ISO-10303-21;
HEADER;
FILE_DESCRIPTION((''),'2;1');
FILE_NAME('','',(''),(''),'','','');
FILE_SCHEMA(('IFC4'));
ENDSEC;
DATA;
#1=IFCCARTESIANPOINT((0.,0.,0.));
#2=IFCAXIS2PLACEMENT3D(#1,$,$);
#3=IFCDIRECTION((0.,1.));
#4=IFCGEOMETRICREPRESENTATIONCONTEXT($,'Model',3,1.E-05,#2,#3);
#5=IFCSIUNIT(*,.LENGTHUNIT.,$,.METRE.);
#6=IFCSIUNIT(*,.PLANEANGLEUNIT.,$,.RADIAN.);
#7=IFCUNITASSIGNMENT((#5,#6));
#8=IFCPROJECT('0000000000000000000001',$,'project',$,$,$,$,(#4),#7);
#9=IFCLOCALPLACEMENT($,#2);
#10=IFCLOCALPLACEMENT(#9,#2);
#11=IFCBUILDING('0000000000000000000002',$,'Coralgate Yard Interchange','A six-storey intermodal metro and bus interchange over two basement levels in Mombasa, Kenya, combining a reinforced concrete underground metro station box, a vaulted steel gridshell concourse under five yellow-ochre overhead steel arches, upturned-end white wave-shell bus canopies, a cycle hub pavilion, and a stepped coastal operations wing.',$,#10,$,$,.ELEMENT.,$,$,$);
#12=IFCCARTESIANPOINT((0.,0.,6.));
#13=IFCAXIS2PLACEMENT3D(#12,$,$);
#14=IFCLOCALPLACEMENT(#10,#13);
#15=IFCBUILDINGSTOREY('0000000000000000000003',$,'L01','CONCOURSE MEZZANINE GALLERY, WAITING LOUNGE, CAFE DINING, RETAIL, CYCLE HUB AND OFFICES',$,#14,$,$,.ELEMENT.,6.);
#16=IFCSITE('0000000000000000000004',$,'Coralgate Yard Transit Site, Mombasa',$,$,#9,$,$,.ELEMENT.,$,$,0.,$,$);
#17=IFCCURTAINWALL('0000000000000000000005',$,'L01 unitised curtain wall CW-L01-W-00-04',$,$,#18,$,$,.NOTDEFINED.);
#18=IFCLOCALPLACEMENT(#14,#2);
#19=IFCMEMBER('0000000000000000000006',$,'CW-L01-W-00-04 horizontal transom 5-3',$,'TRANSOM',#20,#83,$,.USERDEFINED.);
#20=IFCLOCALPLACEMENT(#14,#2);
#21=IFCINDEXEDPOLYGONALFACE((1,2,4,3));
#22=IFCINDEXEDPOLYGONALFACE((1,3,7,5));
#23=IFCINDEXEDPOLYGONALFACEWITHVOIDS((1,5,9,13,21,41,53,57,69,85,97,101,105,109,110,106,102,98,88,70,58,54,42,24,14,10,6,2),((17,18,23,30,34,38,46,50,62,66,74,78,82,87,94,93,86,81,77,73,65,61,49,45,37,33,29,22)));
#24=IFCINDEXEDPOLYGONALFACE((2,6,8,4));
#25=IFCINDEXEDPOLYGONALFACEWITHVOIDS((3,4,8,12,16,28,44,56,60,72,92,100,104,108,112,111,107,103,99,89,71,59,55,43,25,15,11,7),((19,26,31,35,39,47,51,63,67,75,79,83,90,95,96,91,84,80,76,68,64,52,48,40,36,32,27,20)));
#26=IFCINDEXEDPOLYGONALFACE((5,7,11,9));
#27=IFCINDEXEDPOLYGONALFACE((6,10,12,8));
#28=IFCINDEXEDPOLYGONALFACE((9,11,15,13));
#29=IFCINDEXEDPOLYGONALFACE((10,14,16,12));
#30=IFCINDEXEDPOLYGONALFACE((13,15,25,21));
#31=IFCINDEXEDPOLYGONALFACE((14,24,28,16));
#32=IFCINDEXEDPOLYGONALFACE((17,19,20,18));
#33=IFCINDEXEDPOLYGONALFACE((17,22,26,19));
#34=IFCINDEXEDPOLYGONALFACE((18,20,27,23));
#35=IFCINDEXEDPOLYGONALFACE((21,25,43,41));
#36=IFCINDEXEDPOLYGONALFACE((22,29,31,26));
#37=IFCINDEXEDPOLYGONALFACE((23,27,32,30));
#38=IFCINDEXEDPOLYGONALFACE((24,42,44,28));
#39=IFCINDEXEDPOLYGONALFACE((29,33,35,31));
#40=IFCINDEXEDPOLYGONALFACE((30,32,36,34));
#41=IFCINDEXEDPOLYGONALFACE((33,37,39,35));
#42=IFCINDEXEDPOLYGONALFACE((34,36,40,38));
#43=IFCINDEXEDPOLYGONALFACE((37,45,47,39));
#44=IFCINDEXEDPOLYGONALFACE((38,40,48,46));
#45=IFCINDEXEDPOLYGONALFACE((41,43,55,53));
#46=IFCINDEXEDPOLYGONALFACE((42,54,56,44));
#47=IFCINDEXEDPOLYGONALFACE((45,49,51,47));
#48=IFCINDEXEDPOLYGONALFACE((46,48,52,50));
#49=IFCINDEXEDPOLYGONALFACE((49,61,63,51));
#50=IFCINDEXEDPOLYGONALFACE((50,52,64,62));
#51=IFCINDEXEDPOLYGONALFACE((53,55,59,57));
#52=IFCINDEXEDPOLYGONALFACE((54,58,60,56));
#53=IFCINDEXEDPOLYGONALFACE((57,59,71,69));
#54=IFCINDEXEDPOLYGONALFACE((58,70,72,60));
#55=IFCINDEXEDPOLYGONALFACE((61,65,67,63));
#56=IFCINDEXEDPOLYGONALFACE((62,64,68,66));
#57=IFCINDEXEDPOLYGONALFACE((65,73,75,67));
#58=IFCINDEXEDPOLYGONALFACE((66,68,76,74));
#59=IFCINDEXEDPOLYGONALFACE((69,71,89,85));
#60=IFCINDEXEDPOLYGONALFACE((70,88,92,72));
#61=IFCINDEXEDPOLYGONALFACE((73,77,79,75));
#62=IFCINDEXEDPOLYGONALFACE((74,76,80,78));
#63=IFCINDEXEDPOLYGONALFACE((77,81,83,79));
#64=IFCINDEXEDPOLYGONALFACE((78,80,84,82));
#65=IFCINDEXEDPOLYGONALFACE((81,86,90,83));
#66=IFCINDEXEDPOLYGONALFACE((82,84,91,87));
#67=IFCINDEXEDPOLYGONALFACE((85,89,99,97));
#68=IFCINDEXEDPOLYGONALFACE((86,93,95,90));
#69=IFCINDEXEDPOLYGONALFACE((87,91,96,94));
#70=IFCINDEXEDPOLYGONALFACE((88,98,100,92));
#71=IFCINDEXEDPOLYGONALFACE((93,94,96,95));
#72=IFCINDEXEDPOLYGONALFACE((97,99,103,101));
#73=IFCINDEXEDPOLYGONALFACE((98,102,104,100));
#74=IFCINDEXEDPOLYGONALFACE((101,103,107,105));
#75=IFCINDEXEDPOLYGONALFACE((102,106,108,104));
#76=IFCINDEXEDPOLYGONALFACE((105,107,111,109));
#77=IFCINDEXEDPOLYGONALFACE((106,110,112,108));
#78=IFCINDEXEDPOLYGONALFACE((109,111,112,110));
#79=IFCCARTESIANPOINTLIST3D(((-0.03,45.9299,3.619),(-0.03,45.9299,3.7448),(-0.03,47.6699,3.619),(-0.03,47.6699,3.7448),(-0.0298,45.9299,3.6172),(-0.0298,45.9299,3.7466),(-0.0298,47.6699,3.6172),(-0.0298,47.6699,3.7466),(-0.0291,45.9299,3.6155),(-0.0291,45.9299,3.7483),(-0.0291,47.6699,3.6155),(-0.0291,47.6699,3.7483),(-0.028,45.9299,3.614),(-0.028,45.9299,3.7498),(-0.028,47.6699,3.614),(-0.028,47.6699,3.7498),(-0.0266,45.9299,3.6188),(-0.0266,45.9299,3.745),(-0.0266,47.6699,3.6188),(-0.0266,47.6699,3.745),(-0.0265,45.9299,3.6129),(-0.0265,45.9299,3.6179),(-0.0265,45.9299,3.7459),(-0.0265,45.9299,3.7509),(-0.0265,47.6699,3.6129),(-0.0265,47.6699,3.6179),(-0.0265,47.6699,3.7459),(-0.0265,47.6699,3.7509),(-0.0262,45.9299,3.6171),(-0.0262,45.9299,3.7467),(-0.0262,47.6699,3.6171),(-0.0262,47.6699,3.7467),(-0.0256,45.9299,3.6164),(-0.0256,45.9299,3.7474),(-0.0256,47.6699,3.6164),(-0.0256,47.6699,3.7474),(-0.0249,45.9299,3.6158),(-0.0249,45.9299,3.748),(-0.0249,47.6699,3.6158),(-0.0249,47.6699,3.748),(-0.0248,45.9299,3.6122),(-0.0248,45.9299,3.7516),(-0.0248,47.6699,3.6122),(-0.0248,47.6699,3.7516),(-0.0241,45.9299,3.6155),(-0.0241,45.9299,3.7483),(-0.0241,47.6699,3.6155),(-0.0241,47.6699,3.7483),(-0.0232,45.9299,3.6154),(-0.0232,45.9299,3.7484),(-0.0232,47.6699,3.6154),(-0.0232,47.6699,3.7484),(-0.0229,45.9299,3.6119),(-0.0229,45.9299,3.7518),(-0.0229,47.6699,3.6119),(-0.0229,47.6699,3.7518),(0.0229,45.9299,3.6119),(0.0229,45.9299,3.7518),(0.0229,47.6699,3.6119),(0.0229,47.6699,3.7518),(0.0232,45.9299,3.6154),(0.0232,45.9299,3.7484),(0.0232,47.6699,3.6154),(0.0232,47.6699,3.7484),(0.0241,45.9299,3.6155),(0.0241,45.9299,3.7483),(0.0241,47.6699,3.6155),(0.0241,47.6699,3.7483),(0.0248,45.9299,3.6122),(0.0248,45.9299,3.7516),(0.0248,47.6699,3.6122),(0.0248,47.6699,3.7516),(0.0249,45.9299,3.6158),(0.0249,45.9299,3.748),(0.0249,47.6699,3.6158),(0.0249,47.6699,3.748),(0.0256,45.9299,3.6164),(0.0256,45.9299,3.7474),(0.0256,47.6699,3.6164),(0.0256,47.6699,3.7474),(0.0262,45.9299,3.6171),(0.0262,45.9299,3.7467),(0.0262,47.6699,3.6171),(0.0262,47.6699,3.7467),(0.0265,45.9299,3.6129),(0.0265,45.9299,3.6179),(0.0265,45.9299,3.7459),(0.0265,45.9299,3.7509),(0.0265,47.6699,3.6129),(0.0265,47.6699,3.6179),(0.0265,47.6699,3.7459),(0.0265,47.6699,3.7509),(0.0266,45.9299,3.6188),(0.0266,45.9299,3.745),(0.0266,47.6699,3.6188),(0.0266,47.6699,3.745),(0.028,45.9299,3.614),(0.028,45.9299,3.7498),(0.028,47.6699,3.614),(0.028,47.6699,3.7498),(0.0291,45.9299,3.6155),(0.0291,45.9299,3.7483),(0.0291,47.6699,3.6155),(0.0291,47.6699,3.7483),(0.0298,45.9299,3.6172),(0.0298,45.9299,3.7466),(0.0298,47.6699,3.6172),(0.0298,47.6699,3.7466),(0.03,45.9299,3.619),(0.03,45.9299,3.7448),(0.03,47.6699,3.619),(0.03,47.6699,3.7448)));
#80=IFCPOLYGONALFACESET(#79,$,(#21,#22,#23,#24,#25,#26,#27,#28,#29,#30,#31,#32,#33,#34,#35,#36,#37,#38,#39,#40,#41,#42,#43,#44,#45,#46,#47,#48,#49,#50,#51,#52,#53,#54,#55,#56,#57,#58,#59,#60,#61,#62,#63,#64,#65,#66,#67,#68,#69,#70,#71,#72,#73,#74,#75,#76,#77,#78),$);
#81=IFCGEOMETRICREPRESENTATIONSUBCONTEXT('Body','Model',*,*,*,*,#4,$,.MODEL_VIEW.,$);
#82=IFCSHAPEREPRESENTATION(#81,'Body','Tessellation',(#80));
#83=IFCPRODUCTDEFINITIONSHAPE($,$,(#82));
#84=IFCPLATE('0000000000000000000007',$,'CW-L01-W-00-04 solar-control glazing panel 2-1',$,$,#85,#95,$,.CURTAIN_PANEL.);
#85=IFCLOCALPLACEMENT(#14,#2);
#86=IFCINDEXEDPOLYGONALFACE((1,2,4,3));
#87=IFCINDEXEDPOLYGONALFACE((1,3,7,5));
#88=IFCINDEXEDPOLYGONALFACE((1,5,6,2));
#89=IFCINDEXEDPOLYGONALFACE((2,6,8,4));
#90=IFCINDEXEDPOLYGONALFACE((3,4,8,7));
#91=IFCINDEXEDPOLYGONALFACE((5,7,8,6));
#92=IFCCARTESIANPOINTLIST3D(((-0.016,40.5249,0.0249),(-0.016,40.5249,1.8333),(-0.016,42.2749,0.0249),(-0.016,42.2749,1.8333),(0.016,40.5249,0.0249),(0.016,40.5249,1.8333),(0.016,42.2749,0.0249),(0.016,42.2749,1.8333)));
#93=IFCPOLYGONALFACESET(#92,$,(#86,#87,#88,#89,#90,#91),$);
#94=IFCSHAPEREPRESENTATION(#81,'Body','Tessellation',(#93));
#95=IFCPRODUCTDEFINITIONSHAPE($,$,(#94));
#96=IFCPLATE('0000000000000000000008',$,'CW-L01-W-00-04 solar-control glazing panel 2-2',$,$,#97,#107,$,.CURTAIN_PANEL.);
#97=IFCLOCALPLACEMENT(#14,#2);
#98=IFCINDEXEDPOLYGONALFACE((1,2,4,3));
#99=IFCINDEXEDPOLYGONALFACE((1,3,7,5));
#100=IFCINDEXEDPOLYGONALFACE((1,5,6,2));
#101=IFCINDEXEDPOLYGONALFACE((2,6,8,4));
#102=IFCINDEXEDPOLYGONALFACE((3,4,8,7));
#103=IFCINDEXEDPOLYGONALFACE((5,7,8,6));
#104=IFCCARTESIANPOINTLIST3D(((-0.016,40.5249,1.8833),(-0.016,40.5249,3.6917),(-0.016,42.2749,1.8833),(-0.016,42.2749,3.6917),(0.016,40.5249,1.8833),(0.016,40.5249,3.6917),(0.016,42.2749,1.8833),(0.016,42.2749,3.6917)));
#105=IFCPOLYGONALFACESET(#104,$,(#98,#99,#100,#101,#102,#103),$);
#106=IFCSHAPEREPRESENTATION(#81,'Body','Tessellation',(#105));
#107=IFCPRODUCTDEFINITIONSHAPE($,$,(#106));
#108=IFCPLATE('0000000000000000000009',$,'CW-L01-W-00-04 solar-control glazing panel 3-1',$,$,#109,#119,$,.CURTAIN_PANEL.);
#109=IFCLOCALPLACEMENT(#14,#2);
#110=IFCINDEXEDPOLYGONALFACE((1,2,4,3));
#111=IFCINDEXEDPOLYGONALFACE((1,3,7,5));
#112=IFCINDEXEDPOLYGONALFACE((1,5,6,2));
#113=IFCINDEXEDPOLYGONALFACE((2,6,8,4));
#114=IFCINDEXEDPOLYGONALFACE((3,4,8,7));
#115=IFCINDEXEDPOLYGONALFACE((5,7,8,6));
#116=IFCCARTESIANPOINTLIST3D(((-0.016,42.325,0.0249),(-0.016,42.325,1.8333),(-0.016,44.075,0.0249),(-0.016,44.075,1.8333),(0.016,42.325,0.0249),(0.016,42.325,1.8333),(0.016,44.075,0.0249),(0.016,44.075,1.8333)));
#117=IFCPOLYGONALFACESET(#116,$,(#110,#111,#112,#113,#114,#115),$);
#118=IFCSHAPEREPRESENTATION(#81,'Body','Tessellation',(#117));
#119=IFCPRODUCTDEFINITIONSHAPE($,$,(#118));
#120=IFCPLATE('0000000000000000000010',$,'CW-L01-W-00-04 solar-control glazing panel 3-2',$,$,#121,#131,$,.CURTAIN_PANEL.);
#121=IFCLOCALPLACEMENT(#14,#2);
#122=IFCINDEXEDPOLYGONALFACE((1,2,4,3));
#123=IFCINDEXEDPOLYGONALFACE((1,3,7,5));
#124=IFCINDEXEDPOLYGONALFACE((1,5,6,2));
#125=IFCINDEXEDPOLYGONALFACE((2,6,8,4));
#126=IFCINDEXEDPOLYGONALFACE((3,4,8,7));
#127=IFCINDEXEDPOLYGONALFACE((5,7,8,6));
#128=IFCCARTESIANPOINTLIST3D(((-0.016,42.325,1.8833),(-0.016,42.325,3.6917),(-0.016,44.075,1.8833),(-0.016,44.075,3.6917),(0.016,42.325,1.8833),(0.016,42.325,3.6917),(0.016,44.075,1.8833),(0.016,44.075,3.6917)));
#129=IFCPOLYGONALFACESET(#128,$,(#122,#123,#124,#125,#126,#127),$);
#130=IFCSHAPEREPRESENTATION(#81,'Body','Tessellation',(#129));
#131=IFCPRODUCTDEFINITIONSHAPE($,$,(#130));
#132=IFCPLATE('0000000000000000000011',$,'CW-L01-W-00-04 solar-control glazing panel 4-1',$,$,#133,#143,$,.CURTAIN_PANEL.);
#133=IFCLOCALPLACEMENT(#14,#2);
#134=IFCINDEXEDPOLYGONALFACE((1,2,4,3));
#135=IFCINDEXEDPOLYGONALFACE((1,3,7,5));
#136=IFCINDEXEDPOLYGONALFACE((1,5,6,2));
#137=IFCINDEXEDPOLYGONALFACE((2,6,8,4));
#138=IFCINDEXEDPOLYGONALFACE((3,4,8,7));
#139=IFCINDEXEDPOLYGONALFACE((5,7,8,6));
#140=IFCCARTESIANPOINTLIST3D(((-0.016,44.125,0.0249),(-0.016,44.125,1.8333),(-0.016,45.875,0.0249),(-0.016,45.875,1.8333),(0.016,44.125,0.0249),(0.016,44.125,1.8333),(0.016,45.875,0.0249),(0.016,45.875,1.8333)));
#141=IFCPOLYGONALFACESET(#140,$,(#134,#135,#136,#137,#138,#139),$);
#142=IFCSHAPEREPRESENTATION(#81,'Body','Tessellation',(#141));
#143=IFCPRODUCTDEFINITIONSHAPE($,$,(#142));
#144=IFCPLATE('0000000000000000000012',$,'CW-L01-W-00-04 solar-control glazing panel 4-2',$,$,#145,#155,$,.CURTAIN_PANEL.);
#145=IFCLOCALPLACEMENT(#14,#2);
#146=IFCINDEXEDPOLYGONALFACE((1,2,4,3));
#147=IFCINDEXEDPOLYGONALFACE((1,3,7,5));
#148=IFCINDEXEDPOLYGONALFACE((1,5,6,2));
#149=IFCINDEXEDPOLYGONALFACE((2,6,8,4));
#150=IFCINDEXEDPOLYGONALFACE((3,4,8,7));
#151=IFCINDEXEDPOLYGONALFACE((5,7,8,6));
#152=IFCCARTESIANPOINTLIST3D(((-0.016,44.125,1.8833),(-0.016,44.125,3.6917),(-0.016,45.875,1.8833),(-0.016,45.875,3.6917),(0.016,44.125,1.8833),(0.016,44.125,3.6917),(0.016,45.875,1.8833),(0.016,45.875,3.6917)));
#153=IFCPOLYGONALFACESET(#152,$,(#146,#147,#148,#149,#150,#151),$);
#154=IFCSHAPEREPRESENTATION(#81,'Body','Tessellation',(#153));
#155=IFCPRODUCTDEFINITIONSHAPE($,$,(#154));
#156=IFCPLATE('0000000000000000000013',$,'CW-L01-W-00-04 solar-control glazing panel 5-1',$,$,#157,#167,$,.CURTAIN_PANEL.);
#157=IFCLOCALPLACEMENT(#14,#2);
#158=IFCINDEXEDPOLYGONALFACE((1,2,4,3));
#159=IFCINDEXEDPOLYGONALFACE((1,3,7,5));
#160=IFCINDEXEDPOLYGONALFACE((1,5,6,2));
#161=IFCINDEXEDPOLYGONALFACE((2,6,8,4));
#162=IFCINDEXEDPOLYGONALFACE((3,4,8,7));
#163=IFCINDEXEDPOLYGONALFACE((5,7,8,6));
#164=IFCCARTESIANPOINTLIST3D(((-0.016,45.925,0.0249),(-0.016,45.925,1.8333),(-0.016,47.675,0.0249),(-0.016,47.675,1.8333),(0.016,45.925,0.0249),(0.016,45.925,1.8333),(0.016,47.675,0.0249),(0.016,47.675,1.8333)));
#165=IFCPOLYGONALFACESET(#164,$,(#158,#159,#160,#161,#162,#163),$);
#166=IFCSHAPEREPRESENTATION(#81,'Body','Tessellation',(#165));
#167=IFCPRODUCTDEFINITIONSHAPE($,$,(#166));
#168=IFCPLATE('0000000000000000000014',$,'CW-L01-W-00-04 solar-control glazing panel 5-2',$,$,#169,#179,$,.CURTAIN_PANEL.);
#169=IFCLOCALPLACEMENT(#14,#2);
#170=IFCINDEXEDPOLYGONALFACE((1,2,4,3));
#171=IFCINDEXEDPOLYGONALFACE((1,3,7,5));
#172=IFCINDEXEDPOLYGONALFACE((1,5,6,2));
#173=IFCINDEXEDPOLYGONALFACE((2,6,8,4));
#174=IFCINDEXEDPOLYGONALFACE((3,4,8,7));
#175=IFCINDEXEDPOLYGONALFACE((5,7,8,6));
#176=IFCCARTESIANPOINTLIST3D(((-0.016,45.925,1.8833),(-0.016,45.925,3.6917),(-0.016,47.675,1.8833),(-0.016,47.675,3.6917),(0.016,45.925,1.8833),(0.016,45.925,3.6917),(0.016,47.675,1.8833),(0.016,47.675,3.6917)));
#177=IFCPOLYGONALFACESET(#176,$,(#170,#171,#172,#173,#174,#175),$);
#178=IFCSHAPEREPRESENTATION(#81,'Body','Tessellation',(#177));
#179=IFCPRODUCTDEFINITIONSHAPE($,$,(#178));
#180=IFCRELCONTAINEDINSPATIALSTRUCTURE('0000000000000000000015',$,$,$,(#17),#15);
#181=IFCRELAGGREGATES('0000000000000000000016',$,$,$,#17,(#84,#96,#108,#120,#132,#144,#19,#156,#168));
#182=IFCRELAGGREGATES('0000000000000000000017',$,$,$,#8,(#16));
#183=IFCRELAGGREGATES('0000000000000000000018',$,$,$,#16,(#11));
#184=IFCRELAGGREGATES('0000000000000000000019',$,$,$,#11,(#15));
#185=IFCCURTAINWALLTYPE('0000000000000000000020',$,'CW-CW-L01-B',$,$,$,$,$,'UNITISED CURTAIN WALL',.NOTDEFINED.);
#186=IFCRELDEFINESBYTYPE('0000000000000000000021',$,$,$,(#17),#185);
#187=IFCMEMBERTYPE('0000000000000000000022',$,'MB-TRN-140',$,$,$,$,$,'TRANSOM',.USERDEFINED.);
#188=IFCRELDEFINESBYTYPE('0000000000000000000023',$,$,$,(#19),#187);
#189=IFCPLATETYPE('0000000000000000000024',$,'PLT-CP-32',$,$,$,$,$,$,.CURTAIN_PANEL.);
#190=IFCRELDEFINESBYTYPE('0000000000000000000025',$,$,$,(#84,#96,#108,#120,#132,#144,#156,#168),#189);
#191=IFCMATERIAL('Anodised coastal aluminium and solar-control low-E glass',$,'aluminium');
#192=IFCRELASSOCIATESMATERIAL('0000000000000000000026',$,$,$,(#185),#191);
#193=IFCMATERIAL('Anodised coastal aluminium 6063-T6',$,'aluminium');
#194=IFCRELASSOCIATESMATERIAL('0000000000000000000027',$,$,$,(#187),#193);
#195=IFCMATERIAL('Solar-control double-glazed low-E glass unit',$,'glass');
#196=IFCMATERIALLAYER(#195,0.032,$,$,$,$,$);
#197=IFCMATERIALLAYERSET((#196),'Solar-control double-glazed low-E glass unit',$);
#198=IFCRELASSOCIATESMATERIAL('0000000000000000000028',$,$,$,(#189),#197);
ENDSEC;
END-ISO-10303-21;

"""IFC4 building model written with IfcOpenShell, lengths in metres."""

from ifc_helpers import new_model, si_unit, direction, frame, origin, origin_2d, place, context, subcontext, project, spatial, rectangle, hollow_rectangle, extrude, material, layer, layer_set, material_profile, profile_set, type_object, element, aggregate, save


model = new_model("IFC4")

# Units and contexts
model_context = context("Model", 3, precision=1e-05, world=origin(), true_north=direction((0.0, 1.0)))
body_context = subcontext(model_context, "Body", "Model", "MODEL_VIEW")
ifc_project = project(units=[si_unit("LENGTHUNIT", "METRE"), si_unit("PLANEANGLEUNIT", "RADIAN")], contexts=[model_context])

# Site, building, storey
site_placement = place(None, origin())
site = spatial("IfcSite", under=ifc_project, at=site_placement, Name="Coralgate Yard Transit Site, Mombasa", CompositionType="ELEMENT", RefElevation=0.0)
building_placement = place(site_placement, origin())
building = spatial("IfcBuilding", under=site, at=building_placement, Name="Coralgate Yard Interchange", Description="A six-storey intermodal metro and bus interchange over two basement levels in Mombasa, Kenya, combining a reinforced concrete underground metro station box, a vaulted steel gridshell concourse under five yellow-ochre overhead steel arches, upturned-end white wave-shell bus canopies, a cycle hub pavilion, and a stepped coastal operations wing.", CompositionType="ELEMENT")
storey_placement = place(building_placement, frame((0.0, 0.0, 6.0)))
storey = spatial("IfcBuildingStorey", under=building, at=storey_placement, Name="L01", Description="CONCOURSE MEZZANINE GALLERY, WAITING LOUNGE, CAFE DINING, RETAIL, CYCLE HUB AND OFFICES", CompositionType="ELEMENT", Elevation=6.0)

# Curtain wall, member, plates
ifc_material_1 = material(Name="Anodised coastal aluminium and solar-control low-E glass", Category="aluminium")
curtain_wall_type = type_object("IfcCurtainWallType", Name="CW-CW-L01-B", ElementType="UNITISED CURTAIN WALL", PredefinedType="NOTDEFINED", material=ifc_material_1)
curtain_wall_placement = place(storey_placement, origin())
curtain_wall = element("IfcCurtainWall", 1, at=curtain_wall_placement, inside=storey, type_object=curtain_wall_type, Name="L01 unitised curtain wall CW-L01-W-00-04", PredefinedType="NOTDEFINED")
ifc_material_2 = material(Name="Anodised coastal aluminium 6063-T6", Category="aluminium")
ifc_material_profile_1 = material_profile(ifc_material_2, hollow_rectangle(XDim=0.0601, YDim=0.1399, WallThickness=0.0034, InnerFilletRadius=0.0034, OuterFilletRadius=0.0071, at=origin_2d()), Name="ALU 60x140x3.5")
ifc_profile_set_1 = profile_set([ifc_material_profile_1], Name="Anodised coastal aluminium 6063-T6")
member_type_1 = type_object("IfcMemberType", Name="MB-TRN-140", ElementType="TRANSOM", PredefinedType="USERDEFINED", material=ifc_profile_set_1)
member_1_placement = place(storey_placement, frame((0.0, 45.9299, 3.6819), z_axis=(0.0, 1.0, 0.0), x_axis=(-1.0, 0.0, 0.0)))
member_1 = element("IfcMember", 2, at=member_1_placement, type_object=member_type_1, Name="CW-L01-W-00-04 horizontal transom 5-3", ObjectType="TRANSOM", PredefinedType="USERDEFINED", context=body_context, shape_type="SweptSolid", body=[
    extrude(hollow_rectangle(XDim=0.0601, YDim=0.1399, WallThickness=0.0034, InnerFilletRadius=0.0034, OuterFilletRadius=0.0071, at=origin_2d()), origin(), (0.0, 0.0, 1.0), 1.74),
])
ifc_material_3 = material(Name="Solar-control double-glazed low-E glass unit", Category="glass")
ifc_layer = layer(ifc_material_3, 0.032)
ifc_layer_set = layer_set([ifc_layer], Name="Solar-control double-glazed low-E glass unit")
plate_type = type_object("IfcPlateType", Name="PLT-CP-32", PredefinedType="CURTAIN_PANEL", material=ifc_layer_set)
plate_1_placement = place(storey_placement, frame((0.0, 41.3999, 0.0249), z_axis=(0.0, 0.0, 1.0), x_axis=(0.0, 1.0, 0.0)))
plate_1 = element("IfcPlate", 3, at=plate_1_placement, type_object=plate_type, Name="CW-L01-W-00-04 solar-control glazing panel 2-1", PredefinedType="CURTAIN_PANEL", context=body_context, shape_type="SweptSolid", body=[
    extrude(rectangle(XDim=1.75, YDim=0.032, at=origin_2d()), origin(), (0.0, 0.0, 1.0), 1.8083),
])
plate_2_placement = place(storey_placement, frame((0.0, 41.3999, 1.8833), z_axis=(0.0, 0.0, 1.0), x_axis=(0.0, 1.0, 0.0)))
plate_2 = element("IfcPlate", 4, at=plate_2_placement, type_object=plate_type, Name="CW-L01-W-00-04 solar-control glazing panel 2-2", PredefinedType="CURTAIN_PANEL", context=body_context, shape_type="SweptSolid", body=[
    extrude(rectangle(XDim=1.75, YDim=0.032, at=origin_2d()), origin(), (0.0, 0.0, 1.0), 1.8083),
])
plate_3_placement = place(storey_placement, frame((0.0, 43.2, 0.0249), z_axis=(0.0, 0.0, 1.0), x_axis=(0.0, 1.0, 0.0)))
plate_3 = element("IfcPlate", 5, at=plate_3_placement, type_object=plate_type, Name="CW-L01-W-00-04 solar-control glazing panel 3-1", PredefinedType="CURTAIN_PANEL", context=body_context, shape_type="SweptSolid", body=[
    extrude(rectangle(XDim=1.75, YDim=0.032, at=origin_2d()), origin(), (0.0, 0.0, 1.0), 1.8083),
])
plate_4_placement = place(storey_placement, frame((0.0, 43.2, 1.8833), z_axis=(0.0, 0.0, 1.0), x_axis=(0.0, 1.0, 0.0)))
plate_4 = element("IfcPlate", 6, at=plate_4_placement, type_object=plate_type, Name="CW-L01-W-00-04 solar-control glazing panel 3-2", PredefinedType="CURTAIN_PANEL", context=body_context, shape_type="SweptSolid", body=[
    extrude(rectangle(XDim=1.75, YDim=0.032, at=origin_2d()), origin(), (0.0, 0.0, 1.0), 1.8083),
])
plate_5_placement = place(storey_placement, frame((0.0, 45.0, 0.0249), z_axis=(0.0, 0.0, 1.0), x_axis=(0.0, 1.0, 0.0)))
plate_5 = element("IfcPlate", 7, at=plate_5_placement, type_object=plate_type, Name="CW-L01-W-00-04 solar-control glazing panel 4-1", PredefinedType="CURTAIN_PANEL", context=body_context, shape_type="SweptSolid", body=[
    extrude(rectangle(XDim=1.75, YDim=0.032, at=origin_2d()), origin(), (0.0, 0.0, 1.0), 1.8083),
])
plate_6_placement = place(storey_placement, frame((0.0, 45.0, 1.8833), z_axis=(0.0, 0.0, 1.0), x_axis=(0.0, 1.0, 0.0)))
plate_6 = element("IfcPlate", 8, at=plate_6_placement, type_object=plate_type, Name="CW-L01-W-00-04 solar-control glazing panel 4-2", PredefinedType="CURTAIN_PANEL", context=body_context, shape_type="SweptSolid", body=[
    extrude(rectangle(XDim=1.75, YDim=0.032, at=origin_2d()), origin(), (0.0, 0.0, 1.0), 1.8083),
])
plate_7_placement = place(storey_placement, frame((0.0, 46.8, 0.0249), z_axis=(0.0, 0.0, 1.0), x_axis=(0.0, 1.0, 0.0)))
plate_7 = element("IfcPlate", 9, at=plate_7_placement, type_object=plate_type, Name="CW-L01-W-00-04 solar-control glazing panel 5-1", PredefinedType="CURTAIN_PANEL", context=body_context, shape_type="SweptSolid", body=[
    extrude(rectangle(XDim=1.75, YDim=0.032, at=origin_2d()), origin(), (0.0, 0.0, 1.0), 1.8083),
])
plate_8_placement = place(storey_placement, frame((0.0, 46.8, 1.8833), z_axis=(0.0, 0.0, 1.0), x_axis=(0.0, 1.0, 0.0)))
plate_8 = element("IfcPlate", 10, at=plate_8_placement, type_object=plate_type, Name="CW-L01-W-00-04 solar-control glazing panel 5-2", PredefinedType="CURTAIN_PANEL", context=body_context, shape_type="SweptSolid", body=[
    extrude(rectangle(XDim=1.75, YDim=0.032, at=origin_2d()), origin(), (0.0, 0.0, 1.0), 1.8083),
])
aggregate(curtain_wall, [plate_1, plate_2, plate_3, plate_4, plate_5, plate_6, member_1, plate_7, plate_8])

save(model, "model.ifc")
